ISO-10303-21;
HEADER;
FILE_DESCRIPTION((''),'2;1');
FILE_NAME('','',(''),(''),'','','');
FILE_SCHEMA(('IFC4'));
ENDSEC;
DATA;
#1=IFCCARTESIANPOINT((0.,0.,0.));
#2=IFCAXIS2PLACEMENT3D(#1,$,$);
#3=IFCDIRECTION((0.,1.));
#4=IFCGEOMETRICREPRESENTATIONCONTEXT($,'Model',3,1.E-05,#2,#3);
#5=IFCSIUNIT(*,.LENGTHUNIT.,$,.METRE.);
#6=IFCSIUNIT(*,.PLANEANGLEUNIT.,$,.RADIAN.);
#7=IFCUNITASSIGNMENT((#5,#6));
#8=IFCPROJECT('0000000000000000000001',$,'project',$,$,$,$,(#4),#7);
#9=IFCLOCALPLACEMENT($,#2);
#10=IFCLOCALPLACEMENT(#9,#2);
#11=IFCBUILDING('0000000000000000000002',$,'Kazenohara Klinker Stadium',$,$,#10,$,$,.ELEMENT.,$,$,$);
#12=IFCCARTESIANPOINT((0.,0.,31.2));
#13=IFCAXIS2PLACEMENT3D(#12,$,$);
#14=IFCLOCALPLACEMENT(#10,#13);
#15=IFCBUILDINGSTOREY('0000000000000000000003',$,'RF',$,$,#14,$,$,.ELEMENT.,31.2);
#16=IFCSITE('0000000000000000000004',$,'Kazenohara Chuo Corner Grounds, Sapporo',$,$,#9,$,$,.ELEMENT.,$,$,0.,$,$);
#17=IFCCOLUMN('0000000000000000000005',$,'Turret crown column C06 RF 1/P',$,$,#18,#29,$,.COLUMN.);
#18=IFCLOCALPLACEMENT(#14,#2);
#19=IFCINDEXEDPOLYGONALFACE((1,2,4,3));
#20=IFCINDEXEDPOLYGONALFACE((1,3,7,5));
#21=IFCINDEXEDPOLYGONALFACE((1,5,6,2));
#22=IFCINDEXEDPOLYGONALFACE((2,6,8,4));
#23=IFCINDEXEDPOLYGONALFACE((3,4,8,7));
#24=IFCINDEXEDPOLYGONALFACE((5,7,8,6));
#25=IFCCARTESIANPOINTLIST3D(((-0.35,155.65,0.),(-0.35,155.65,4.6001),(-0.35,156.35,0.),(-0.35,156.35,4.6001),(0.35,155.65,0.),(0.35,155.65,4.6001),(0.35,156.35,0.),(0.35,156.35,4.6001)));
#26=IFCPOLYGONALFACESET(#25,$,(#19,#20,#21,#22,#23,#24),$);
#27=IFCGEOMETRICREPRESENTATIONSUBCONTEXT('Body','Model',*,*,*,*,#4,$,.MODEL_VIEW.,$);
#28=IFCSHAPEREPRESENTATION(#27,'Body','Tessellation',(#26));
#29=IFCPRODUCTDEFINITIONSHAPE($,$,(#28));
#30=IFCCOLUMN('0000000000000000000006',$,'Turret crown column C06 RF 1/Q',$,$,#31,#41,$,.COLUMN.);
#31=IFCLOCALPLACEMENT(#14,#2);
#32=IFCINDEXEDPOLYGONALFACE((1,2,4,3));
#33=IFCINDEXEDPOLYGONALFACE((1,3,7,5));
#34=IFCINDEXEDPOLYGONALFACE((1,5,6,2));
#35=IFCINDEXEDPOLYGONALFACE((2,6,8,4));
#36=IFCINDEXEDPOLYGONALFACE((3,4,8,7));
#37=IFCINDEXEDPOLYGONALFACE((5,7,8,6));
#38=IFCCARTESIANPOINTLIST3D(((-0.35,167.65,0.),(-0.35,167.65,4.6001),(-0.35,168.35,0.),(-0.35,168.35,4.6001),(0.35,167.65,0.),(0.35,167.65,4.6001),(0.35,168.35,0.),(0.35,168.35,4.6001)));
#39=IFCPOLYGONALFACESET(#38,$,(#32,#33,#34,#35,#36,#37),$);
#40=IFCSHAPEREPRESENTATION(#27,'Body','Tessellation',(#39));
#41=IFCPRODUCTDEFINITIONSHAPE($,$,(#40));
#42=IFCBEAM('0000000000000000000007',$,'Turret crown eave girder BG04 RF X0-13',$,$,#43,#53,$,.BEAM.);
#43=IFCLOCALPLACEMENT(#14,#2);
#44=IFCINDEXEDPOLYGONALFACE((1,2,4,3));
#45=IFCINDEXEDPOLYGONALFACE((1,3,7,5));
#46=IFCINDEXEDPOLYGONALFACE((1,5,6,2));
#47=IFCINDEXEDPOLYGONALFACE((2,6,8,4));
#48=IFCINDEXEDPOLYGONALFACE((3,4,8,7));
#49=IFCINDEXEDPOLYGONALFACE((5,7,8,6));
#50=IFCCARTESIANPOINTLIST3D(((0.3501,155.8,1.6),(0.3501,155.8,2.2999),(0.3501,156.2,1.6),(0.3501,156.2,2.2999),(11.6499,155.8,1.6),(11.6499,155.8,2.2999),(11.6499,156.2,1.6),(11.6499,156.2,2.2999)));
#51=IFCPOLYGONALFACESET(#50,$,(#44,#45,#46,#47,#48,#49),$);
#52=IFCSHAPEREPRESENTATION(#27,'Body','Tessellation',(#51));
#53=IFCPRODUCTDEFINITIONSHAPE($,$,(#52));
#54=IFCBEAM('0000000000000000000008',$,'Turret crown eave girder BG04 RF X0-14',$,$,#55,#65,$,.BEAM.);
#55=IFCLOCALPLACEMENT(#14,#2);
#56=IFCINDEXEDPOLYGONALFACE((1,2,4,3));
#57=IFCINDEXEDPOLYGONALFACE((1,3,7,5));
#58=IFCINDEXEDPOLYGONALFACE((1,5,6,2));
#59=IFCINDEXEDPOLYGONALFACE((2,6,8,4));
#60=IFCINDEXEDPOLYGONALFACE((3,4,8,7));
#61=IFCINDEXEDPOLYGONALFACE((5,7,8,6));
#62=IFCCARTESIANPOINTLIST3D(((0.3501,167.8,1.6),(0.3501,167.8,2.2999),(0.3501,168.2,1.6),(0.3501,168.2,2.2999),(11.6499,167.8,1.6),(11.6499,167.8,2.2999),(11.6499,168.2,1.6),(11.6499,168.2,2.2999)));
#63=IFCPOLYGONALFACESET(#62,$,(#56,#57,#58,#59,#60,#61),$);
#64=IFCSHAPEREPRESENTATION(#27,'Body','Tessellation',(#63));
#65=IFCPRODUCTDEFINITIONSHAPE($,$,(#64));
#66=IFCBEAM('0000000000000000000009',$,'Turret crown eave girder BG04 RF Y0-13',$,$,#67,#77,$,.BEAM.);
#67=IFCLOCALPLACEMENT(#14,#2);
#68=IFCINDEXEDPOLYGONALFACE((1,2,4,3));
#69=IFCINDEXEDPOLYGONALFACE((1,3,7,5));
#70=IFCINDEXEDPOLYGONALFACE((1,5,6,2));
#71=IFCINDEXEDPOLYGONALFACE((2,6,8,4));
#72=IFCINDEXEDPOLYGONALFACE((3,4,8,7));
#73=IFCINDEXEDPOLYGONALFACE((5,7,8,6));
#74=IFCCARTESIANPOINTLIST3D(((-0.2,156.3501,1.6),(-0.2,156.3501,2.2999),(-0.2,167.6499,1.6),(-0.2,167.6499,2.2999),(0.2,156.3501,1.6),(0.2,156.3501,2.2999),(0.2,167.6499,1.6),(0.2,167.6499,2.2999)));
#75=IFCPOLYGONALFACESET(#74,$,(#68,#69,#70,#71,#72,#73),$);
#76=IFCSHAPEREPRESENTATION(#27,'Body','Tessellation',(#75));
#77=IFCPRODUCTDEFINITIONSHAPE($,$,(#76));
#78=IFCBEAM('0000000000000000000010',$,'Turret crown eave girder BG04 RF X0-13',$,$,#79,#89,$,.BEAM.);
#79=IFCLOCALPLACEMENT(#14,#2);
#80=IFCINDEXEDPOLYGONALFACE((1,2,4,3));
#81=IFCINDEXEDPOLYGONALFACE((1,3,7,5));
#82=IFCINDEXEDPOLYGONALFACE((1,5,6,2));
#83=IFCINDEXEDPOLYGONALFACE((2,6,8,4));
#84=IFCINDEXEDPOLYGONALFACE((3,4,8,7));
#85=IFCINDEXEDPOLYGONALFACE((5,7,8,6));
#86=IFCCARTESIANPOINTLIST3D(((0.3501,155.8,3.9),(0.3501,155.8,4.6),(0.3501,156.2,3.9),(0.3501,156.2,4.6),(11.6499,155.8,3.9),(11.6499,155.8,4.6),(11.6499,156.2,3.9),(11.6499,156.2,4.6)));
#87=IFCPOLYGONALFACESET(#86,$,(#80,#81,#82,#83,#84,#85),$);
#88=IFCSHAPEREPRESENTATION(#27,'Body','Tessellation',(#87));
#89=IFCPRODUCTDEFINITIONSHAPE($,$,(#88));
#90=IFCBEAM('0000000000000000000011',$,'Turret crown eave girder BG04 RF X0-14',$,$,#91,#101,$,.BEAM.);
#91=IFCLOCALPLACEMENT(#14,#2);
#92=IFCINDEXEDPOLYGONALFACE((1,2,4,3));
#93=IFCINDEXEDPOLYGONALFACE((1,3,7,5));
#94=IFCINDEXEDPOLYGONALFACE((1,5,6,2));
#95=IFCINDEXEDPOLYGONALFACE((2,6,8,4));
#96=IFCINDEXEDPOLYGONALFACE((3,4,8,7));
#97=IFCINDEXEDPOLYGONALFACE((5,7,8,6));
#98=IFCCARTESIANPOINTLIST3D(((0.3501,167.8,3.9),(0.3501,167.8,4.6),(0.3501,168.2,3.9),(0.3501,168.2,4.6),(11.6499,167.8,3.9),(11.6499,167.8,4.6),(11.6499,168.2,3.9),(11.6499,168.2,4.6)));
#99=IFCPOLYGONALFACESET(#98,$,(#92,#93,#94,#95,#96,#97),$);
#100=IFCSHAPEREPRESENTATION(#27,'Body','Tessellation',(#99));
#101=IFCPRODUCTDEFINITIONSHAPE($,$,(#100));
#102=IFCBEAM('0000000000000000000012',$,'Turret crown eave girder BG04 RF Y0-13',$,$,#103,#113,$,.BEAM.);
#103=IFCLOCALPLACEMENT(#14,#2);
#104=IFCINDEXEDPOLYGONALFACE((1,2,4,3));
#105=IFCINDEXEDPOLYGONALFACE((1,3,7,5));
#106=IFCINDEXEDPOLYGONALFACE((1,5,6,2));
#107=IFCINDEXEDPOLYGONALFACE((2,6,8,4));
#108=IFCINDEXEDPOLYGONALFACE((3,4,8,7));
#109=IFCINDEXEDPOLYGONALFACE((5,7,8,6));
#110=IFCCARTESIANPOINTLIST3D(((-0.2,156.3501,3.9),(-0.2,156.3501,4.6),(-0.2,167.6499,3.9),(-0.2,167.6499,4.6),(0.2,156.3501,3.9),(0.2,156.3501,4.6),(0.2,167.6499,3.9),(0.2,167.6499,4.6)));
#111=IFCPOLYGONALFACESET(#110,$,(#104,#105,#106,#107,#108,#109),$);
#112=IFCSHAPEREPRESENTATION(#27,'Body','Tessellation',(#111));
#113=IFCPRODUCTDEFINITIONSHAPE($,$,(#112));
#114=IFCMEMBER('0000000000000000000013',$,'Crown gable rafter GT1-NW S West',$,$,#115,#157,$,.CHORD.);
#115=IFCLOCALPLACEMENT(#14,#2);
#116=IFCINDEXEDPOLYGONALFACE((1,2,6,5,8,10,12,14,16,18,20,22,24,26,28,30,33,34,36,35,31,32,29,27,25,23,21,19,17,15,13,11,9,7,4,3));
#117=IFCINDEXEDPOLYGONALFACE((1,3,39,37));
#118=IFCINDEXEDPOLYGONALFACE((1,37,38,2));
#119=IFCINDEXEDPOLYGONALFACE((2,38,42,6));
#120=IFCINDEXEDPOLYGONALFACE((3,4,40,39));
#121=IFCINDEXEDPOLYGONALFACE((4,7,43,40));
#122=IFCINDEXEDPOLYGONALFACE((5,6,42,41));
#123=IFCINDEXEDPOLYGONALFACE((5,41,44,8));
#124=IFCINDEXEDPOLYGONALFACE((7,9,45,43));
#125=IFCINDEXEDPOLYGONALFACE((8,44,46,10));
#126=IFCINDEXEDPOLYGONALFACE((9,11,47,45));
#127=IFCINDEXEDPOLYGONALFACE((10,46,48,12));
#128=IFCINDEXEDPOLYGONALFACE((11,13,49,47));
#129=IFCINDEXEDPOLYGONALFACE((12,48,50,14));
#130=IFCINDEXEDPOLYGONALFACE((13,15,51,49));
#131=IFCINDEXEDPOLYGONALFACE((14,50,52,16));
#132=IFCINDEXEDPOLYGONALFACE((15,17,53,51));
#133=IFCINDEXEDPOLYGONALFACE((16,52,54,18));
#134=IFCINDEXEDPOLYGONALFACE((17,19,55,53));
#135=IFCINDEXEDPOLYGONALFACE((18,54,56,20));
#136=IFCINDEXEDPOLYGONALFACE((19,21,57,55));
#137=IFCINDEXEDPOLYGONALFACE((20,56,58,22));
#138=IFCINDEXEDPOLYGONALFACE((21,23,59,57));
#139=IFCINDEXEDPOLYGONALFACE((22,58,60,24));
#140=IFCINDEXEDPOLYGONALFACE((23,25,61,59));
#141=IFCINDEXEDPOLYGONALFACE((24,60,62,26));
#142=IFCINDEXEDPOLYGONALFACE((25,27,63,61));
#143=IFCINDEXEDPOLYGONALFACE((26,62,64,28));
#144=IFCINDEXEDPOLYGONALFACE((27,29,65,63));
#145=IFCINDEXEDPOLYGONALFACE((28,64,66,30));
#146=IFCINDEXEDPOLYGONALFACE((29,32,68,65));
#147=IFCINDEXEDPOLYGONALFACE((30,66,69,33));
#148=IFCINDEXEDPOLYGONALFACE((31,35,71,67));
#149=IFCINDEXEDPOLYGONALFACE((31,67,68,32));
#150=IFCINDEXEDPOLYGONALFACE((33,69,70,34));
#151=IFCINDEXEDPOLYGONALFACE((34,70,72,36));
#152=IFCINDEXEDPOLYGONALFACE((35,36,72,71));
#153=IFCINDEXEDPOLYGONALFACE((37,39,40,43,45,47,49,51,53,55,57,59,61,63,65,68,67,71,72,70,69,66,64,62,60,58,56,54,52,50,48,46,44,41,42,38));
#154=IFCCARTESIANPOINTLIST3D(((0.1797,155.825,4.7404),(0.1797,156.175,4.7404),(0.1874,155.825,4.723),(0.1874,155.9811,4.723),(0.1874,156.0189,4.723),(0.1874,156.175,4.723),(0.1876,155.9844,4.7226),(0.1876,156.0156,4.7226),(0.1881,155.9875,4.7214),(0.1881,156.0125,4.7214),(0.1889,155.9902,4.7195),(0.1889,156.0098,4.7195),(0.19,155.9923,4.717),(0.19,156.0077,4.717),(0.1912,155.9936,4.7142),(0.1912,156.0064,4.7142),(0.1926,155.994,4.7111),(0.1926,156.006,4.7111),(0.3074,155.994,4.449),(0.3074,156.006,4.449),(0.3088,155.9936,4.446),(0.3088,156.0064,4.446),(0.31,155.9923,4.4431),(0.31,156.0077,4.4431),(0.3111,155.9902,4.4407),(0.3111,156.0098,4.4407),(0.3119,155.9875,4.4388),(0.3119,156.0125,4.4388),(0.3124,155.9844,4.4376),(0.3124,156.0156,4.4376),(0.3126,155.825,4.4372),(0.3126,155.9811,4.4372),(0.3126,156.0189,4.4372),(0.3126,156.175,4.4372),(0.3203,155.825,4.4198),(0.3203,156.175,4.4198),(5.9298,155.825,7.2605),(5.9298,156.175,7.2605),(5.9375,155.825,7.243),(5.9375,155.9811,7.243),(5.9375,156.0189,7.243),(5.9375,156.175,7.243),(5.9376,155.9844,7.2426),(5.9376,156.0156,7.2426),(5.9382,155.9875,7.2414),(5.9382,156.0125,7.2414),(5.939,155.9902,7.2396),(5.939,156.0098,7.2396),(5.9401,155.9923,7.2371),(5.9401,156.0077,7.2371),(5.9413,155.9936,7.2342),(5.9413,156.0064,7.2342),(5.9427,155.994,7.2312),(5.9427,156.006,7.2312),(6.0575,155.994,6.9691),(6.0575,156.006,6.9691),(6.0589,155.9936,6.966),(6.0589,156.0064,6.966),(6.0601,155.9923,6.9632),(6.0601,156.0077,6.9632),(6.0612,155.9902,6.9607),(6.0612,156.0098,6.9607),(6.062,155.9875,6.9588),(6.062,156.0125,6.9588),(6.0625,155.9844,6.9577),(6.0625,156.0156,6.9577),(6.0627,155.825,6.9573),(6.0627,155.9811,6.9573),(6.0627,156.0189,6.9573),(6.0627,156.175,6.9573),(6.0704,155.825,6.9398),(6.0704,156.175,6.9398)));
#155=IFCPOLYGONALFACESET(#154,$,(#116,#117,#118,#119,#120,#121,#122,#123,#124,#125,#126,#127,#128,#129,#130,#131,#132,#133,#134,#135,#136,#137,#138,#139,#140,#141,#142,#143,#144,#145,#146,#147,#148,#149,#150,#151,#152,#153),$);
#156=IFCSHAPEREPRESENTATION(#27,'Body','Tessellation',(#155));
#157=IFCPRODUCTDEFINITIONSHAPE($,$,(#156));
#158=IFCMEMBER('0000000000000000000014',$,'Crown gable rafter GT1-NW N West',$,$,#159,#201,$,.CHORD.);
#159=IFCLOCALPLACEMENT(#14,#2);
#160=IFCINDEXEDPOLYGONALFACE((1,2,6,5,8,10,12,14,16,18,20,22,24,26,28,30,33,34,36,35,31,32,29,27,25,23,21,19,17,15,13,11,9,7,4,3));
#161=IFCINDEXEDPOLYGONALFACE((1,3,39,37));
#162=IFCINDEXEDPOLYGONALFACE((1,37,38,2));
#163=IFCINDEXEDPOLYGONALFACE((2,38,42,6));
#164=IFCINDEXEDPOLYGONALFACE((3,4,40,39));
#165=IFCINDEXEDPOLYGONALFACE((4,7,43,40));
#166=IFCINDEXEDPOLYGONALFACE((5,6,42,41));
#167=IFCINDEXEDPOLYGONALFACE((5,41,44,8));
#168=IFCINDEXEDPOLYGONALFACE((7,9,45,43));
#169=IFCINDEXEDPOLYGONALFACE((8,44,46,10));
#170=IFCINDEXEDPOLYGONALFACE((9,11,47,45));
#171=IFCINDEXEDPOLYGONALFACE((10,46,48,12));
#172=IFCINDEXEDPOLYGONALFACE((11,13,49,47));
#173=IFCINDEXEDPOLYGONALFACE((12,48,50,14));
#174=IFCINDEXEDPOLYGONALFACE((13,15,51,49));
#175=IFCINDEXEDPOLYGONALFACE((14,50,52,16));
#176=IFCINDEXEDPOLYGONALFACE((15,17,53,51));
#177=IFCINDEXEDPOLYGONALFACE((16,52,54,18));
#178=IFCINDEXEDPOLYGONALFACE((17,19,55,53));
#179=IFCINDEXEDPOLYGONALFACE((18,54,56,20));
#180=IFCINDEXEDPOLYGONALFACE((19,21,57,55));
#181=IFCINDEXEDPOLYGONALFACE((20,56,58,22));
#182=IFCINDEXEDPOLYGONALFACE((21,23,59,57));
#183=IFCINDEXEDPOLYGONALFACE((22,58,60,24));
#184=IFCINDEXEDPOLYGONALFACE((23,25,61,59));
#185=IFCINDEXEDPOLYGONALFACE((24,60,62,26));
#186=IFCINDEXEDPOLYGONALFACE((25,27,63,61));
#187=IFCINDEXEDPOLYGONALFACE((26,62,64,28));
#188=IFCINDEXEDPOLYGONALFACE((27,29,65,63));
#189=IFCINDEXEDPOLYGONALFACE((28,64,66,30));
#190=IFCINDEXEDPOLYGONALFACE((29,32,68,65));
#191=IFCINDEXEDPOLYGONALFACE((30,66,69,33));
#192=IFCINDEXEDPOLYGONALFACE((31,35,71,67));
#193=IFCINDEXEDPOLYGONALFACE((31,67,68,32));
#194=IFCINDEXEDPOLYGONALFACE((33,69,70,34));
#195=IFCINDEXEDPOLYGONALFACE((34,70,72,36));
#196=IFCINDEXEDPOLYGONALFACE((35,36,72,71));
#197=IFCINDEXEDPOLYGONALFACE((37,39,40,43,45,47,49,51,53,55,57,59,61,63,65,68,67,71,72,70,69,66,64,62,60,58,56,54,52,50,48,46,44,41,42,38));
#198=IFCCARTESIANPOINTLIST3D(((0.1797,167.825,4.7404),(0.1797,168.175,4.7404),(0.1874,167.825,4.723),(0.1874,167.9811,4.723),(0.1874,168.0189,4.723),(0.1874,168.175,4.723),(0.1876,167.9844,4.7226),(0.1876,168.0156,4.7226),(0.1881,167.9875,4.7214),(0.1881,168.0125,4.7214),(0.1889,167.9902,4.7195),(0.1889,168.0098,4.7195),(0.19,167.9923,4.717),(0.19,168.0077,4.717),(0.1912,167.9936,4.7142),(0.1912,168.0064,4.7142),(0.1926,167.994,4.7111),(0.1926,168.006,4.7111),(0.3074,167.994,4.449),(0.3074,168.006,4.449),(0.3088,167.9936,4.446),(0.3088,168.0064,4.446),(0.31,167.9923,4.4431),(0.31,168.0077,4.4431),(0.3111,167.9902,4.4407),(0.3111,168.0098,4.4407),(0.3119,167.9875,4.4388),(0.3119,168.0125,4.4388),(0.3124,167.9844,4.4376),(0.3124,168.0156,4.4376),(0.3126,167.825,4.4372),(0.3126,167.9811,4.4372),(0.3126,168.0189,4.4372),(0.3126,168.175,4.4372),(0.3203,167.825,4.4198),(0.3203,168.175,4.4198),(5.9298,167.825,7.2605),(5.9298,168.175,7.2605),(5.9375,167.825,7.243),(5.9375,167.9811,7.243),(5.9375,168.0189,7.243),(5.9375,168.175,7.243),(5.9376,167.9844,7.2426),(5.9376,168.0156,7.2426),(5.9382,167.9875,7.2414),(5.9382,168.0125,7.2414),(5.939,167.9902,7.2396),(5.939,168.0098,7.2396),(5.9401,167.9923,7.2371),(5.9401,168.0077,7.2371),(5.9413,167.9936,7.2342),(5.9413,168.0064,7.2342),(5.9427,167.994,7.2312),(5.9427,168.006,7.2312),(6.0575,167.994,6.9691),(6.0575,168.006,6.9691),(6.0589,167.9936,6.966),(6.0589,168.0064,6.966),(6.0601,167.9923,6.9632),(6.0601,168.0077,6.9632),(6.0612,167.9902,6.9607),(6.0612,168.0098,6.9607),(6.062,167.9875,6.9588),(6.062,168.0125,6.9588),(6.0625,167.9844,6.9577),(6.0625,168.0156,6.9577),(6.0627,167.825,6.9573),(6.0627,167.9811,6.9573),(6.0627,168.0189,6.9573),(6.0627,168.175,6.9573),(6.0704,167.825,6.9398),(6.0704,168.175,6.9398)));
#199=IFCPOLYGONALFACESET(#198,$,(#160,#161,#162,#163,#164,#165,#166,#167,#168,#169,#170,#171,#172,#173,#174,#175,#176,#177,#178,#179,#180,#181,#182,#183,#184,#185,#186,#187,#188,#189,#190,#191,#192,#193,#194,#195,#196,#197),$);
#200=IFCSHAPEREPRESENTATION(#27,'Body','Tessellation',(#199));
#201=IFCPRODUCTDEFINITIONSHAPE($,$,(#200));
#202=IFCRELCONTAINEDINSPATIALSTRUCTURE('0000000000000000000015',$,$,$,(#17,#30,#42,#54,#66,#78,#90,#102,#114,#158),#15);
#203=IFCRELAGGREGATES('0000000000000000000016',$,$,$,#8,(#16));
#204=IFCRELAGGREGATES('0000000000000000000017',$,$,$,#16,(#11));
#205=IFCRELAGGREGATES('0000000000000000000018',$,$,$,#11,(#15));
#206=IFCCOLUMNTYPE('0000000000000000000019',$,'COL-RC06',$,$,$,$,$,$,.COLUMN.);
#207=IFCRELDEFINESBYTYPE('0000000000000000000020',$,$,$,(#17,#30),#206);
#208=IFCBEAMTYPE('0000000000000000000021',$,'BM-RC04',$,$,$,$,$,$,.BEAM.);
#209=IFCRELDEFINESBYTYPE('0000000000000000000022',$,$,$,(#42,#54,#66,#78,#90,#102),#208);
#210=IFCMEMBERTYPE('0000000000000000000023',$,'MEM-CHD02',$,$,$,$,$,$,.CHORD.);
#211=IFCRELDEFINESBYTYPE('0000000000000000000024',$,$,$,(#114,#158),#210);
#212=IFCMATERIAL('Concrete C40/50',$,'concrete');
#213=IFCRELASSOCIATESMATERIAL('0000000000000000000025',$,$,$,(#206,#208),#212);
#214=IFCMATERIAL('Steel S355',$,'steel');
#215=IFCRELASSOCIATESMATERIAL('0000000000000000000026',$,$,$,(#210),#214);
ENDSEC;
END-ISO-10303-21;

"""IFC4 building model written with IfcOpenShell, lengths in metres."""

from ifc_helpers import new_model, si_unit, direction, frame, origin, origin_2d, place, context, subcontext, project, spatial, rectangle, i_section, extrude, material, material_profile, profile_set, type_object, element, save


model = new_model("IFC4")

# Units and contexts
model_context = context("Model", 3, precision=1e-05, world=origin(), true_north=direction((0.0, 1.0)))
body_context = subcontext(model_context, "Body", "Model", "MODEL_VIEW")
ifc_project = project(units=[si_unit("LENGTHUNIT", "METRE"), si_unit("PLANEANGLEUNIT", "RADIAN")], contexts=[model_context])

# Site, building, storey
site_placement = place(None, origin())
site = spatial("IfcSite", under=ifc_project, at=site_placement, Name="Kazenohara Chuo Corner Grounds, Sapporo", CompositionType="ELEMENT", RefElevation=0.0)
building_placement = place(site_placement, origin())
building = spatial("IfcBuilding", under=site, at=building_placement, Name="Kazenohara Klinker Stadium", CompositionType="ELEMENT")
storey_placement = place(building_placement, frame((0.0, 0.0, 31.2)))
storey = spatial("IfcBuildingStorey", under=building, at=storey_placement, Name="RF", CompositionType="ELEMENT", Elevation=31.2)

# Columns
ifc_material_1 = material(Name="Concrete C40/50", Category="concrete")
ifc_material_profile_1 = material_profile(ifc_material_1, rectangle(XDim=0.7, YDim=0.7, at=origin_2d()), Name="RC-COL-700x700")
ifc_profile_set_1 = profile_set([ifc_material_profile_1], Name="Concrete C40/50")
column_type = type_object("IfcColumnType", Name="COL-RC06", PredefinedType="COLUMN", material=ifc_profile_set_1)
for number, where, z_axis, x_axis, name in (
    (1, (0.0, 156.0, 0.0), (0.0, 0.0, 1.0), (1.0, 0.0, 0.0), "Turret crown column C06 RF 1/P"),
    (2, (0.0, 168.0, 0.0), (0.0, 0.0, 1.0), (1.0, 0.0, 0.0), "Turret crown column C06 RF 1/Q"),
):
    element("IfcColumn", number, at=place(storey_placement, frame(where, z_axis=z_axis, x_axis=x_axis)), inside=storey, type_object=column_type, Name=name, PredefinedType="COLUMN", context=body_context, shape_type="SweptSolid", body=[
        extrude(rectangle(XDim=0.7, YDim=0.7, at=origin_2d()), origin(), (0.0, 0.0, 1.0), 4.6001),
    ])

# Beams
ifc_material_profile_2 = material_profile(ifc_material_1, rectangle(XDim=0.3999, YDim=0.7, at=origin_2d()), Name="RC-BM-400x700")
ifc_profile_set_2 = profile_set([ifc_material_profile_2], Name="Concrete C40/50")
beam_type = type_object("IfcBeamType", Name="BM-RC04", PredefinedType="BEAM", material=ifc_profile_set_2)
for number, where, z_axis, x_axis, name in (
    (3, (0.3501, 156.0, 1.95), (1.0, 0.0, 0.0), (0.0, 1.0, 0.0), "Turret crown eave girder BG04 RF X0-13"),
    (4, (0.3501, 168.0, 1.95), (1.0, 0.0, 0.0), (0.0, 1.0, 0.0), "Turret crown eave girder BG04 RF X0-14"),
    (5, (0.0, 156.3501, 1.95), (0.0, 1.0, 0.0), (-1.0, 0.0, 0.0), "Turret crown eave girder BG04 RF Y0-13"),
    (6, (0.3501, 156.0, 4.25), (1.0, 0.0, 0.0), (0.0, 1.0, 0.0), "Turret crown eave girder BG04 RF X0-13"),
    (7, (0.3501, 168.0, 4.25), (1.0, 0.0, 0.0), (0.0, 1.0, 0.0), "Turret crown eave girder BG04 RF X0-14"),
    (8, (0.0, 156.3501, 4.25), (0.0, 1.0, 0.0), (-1.0, 0.0, 0.0), "Turret crown eave girder BG04 RF Y0-13"),
):
    element("IfcBeam", number, at=place(storey_placement, frame(where, z_axis=z_axis, x_axis=x_axis)), inside=storey, type_object=beam_type, Name=name, PredefinedType="BEAM", context=body_context, shape_type="SweptSolid", body=[
        extrude(rectangle(XDim=0.3999, YDim=0.7, at=origin_2d()), origin(), (0.0, 0.0, 1.0), 11.2998),
    ])

# Members
ifc_material_2 = material(Name="Steel S355", Category="steel")
ifc_material_profile_3 = material_profile(ifc_material_2, i_section(OverallWidth=0.3501, OverallDepth=0.3501, WebThickness=0.012, FlangeThickness=0.019, FilletRadius=0.0129, at=origin_2d()), Name="H-350x350x12x19")
ifc_profile_set_3 = profile_set([ifc_material_profile_3], Name="Steel S355")
member_type_1 = type_object("IfcMemberType", Name="MEM-CHD02", PredefinedType="CHORD", material=ifc_profile_set_3)
for number, where, z_axis, x_axis, name in (
    (9, (0.25, 156.0, 4.5801), (0.9159, 0.0, 0.401406), (0.0, 1.0, 0.0), "Crown gable rafter GT1-NW S West"),
    (10, (0.25, 168.0, 4.5801), (0.9159, 0.0, 0.401406), (0.0, 1.0, 0.0), "Crown gable rafter GT1-NW N West"),
):
    element("IfcMember", number, at=place(storey_placement, frame(where, z_axis=z_axis, x_axis=x_axis)), inside=storey, type_object=member_type_1, Name=name, PredefinedType="CHORD", context=body_context, shape_type="SweptSolid", body=[
        extrude(i_section(OverallWidth=0.3501, OverallDepth=0.3501, WebThickness=0.012, FlangeThickness=0.019, FilletRadius=0.0129, at=origin_2d()), origin(), (0.0, 0.0, 1.0), 6.2781),
    ])

save(model, "model.ifc")
